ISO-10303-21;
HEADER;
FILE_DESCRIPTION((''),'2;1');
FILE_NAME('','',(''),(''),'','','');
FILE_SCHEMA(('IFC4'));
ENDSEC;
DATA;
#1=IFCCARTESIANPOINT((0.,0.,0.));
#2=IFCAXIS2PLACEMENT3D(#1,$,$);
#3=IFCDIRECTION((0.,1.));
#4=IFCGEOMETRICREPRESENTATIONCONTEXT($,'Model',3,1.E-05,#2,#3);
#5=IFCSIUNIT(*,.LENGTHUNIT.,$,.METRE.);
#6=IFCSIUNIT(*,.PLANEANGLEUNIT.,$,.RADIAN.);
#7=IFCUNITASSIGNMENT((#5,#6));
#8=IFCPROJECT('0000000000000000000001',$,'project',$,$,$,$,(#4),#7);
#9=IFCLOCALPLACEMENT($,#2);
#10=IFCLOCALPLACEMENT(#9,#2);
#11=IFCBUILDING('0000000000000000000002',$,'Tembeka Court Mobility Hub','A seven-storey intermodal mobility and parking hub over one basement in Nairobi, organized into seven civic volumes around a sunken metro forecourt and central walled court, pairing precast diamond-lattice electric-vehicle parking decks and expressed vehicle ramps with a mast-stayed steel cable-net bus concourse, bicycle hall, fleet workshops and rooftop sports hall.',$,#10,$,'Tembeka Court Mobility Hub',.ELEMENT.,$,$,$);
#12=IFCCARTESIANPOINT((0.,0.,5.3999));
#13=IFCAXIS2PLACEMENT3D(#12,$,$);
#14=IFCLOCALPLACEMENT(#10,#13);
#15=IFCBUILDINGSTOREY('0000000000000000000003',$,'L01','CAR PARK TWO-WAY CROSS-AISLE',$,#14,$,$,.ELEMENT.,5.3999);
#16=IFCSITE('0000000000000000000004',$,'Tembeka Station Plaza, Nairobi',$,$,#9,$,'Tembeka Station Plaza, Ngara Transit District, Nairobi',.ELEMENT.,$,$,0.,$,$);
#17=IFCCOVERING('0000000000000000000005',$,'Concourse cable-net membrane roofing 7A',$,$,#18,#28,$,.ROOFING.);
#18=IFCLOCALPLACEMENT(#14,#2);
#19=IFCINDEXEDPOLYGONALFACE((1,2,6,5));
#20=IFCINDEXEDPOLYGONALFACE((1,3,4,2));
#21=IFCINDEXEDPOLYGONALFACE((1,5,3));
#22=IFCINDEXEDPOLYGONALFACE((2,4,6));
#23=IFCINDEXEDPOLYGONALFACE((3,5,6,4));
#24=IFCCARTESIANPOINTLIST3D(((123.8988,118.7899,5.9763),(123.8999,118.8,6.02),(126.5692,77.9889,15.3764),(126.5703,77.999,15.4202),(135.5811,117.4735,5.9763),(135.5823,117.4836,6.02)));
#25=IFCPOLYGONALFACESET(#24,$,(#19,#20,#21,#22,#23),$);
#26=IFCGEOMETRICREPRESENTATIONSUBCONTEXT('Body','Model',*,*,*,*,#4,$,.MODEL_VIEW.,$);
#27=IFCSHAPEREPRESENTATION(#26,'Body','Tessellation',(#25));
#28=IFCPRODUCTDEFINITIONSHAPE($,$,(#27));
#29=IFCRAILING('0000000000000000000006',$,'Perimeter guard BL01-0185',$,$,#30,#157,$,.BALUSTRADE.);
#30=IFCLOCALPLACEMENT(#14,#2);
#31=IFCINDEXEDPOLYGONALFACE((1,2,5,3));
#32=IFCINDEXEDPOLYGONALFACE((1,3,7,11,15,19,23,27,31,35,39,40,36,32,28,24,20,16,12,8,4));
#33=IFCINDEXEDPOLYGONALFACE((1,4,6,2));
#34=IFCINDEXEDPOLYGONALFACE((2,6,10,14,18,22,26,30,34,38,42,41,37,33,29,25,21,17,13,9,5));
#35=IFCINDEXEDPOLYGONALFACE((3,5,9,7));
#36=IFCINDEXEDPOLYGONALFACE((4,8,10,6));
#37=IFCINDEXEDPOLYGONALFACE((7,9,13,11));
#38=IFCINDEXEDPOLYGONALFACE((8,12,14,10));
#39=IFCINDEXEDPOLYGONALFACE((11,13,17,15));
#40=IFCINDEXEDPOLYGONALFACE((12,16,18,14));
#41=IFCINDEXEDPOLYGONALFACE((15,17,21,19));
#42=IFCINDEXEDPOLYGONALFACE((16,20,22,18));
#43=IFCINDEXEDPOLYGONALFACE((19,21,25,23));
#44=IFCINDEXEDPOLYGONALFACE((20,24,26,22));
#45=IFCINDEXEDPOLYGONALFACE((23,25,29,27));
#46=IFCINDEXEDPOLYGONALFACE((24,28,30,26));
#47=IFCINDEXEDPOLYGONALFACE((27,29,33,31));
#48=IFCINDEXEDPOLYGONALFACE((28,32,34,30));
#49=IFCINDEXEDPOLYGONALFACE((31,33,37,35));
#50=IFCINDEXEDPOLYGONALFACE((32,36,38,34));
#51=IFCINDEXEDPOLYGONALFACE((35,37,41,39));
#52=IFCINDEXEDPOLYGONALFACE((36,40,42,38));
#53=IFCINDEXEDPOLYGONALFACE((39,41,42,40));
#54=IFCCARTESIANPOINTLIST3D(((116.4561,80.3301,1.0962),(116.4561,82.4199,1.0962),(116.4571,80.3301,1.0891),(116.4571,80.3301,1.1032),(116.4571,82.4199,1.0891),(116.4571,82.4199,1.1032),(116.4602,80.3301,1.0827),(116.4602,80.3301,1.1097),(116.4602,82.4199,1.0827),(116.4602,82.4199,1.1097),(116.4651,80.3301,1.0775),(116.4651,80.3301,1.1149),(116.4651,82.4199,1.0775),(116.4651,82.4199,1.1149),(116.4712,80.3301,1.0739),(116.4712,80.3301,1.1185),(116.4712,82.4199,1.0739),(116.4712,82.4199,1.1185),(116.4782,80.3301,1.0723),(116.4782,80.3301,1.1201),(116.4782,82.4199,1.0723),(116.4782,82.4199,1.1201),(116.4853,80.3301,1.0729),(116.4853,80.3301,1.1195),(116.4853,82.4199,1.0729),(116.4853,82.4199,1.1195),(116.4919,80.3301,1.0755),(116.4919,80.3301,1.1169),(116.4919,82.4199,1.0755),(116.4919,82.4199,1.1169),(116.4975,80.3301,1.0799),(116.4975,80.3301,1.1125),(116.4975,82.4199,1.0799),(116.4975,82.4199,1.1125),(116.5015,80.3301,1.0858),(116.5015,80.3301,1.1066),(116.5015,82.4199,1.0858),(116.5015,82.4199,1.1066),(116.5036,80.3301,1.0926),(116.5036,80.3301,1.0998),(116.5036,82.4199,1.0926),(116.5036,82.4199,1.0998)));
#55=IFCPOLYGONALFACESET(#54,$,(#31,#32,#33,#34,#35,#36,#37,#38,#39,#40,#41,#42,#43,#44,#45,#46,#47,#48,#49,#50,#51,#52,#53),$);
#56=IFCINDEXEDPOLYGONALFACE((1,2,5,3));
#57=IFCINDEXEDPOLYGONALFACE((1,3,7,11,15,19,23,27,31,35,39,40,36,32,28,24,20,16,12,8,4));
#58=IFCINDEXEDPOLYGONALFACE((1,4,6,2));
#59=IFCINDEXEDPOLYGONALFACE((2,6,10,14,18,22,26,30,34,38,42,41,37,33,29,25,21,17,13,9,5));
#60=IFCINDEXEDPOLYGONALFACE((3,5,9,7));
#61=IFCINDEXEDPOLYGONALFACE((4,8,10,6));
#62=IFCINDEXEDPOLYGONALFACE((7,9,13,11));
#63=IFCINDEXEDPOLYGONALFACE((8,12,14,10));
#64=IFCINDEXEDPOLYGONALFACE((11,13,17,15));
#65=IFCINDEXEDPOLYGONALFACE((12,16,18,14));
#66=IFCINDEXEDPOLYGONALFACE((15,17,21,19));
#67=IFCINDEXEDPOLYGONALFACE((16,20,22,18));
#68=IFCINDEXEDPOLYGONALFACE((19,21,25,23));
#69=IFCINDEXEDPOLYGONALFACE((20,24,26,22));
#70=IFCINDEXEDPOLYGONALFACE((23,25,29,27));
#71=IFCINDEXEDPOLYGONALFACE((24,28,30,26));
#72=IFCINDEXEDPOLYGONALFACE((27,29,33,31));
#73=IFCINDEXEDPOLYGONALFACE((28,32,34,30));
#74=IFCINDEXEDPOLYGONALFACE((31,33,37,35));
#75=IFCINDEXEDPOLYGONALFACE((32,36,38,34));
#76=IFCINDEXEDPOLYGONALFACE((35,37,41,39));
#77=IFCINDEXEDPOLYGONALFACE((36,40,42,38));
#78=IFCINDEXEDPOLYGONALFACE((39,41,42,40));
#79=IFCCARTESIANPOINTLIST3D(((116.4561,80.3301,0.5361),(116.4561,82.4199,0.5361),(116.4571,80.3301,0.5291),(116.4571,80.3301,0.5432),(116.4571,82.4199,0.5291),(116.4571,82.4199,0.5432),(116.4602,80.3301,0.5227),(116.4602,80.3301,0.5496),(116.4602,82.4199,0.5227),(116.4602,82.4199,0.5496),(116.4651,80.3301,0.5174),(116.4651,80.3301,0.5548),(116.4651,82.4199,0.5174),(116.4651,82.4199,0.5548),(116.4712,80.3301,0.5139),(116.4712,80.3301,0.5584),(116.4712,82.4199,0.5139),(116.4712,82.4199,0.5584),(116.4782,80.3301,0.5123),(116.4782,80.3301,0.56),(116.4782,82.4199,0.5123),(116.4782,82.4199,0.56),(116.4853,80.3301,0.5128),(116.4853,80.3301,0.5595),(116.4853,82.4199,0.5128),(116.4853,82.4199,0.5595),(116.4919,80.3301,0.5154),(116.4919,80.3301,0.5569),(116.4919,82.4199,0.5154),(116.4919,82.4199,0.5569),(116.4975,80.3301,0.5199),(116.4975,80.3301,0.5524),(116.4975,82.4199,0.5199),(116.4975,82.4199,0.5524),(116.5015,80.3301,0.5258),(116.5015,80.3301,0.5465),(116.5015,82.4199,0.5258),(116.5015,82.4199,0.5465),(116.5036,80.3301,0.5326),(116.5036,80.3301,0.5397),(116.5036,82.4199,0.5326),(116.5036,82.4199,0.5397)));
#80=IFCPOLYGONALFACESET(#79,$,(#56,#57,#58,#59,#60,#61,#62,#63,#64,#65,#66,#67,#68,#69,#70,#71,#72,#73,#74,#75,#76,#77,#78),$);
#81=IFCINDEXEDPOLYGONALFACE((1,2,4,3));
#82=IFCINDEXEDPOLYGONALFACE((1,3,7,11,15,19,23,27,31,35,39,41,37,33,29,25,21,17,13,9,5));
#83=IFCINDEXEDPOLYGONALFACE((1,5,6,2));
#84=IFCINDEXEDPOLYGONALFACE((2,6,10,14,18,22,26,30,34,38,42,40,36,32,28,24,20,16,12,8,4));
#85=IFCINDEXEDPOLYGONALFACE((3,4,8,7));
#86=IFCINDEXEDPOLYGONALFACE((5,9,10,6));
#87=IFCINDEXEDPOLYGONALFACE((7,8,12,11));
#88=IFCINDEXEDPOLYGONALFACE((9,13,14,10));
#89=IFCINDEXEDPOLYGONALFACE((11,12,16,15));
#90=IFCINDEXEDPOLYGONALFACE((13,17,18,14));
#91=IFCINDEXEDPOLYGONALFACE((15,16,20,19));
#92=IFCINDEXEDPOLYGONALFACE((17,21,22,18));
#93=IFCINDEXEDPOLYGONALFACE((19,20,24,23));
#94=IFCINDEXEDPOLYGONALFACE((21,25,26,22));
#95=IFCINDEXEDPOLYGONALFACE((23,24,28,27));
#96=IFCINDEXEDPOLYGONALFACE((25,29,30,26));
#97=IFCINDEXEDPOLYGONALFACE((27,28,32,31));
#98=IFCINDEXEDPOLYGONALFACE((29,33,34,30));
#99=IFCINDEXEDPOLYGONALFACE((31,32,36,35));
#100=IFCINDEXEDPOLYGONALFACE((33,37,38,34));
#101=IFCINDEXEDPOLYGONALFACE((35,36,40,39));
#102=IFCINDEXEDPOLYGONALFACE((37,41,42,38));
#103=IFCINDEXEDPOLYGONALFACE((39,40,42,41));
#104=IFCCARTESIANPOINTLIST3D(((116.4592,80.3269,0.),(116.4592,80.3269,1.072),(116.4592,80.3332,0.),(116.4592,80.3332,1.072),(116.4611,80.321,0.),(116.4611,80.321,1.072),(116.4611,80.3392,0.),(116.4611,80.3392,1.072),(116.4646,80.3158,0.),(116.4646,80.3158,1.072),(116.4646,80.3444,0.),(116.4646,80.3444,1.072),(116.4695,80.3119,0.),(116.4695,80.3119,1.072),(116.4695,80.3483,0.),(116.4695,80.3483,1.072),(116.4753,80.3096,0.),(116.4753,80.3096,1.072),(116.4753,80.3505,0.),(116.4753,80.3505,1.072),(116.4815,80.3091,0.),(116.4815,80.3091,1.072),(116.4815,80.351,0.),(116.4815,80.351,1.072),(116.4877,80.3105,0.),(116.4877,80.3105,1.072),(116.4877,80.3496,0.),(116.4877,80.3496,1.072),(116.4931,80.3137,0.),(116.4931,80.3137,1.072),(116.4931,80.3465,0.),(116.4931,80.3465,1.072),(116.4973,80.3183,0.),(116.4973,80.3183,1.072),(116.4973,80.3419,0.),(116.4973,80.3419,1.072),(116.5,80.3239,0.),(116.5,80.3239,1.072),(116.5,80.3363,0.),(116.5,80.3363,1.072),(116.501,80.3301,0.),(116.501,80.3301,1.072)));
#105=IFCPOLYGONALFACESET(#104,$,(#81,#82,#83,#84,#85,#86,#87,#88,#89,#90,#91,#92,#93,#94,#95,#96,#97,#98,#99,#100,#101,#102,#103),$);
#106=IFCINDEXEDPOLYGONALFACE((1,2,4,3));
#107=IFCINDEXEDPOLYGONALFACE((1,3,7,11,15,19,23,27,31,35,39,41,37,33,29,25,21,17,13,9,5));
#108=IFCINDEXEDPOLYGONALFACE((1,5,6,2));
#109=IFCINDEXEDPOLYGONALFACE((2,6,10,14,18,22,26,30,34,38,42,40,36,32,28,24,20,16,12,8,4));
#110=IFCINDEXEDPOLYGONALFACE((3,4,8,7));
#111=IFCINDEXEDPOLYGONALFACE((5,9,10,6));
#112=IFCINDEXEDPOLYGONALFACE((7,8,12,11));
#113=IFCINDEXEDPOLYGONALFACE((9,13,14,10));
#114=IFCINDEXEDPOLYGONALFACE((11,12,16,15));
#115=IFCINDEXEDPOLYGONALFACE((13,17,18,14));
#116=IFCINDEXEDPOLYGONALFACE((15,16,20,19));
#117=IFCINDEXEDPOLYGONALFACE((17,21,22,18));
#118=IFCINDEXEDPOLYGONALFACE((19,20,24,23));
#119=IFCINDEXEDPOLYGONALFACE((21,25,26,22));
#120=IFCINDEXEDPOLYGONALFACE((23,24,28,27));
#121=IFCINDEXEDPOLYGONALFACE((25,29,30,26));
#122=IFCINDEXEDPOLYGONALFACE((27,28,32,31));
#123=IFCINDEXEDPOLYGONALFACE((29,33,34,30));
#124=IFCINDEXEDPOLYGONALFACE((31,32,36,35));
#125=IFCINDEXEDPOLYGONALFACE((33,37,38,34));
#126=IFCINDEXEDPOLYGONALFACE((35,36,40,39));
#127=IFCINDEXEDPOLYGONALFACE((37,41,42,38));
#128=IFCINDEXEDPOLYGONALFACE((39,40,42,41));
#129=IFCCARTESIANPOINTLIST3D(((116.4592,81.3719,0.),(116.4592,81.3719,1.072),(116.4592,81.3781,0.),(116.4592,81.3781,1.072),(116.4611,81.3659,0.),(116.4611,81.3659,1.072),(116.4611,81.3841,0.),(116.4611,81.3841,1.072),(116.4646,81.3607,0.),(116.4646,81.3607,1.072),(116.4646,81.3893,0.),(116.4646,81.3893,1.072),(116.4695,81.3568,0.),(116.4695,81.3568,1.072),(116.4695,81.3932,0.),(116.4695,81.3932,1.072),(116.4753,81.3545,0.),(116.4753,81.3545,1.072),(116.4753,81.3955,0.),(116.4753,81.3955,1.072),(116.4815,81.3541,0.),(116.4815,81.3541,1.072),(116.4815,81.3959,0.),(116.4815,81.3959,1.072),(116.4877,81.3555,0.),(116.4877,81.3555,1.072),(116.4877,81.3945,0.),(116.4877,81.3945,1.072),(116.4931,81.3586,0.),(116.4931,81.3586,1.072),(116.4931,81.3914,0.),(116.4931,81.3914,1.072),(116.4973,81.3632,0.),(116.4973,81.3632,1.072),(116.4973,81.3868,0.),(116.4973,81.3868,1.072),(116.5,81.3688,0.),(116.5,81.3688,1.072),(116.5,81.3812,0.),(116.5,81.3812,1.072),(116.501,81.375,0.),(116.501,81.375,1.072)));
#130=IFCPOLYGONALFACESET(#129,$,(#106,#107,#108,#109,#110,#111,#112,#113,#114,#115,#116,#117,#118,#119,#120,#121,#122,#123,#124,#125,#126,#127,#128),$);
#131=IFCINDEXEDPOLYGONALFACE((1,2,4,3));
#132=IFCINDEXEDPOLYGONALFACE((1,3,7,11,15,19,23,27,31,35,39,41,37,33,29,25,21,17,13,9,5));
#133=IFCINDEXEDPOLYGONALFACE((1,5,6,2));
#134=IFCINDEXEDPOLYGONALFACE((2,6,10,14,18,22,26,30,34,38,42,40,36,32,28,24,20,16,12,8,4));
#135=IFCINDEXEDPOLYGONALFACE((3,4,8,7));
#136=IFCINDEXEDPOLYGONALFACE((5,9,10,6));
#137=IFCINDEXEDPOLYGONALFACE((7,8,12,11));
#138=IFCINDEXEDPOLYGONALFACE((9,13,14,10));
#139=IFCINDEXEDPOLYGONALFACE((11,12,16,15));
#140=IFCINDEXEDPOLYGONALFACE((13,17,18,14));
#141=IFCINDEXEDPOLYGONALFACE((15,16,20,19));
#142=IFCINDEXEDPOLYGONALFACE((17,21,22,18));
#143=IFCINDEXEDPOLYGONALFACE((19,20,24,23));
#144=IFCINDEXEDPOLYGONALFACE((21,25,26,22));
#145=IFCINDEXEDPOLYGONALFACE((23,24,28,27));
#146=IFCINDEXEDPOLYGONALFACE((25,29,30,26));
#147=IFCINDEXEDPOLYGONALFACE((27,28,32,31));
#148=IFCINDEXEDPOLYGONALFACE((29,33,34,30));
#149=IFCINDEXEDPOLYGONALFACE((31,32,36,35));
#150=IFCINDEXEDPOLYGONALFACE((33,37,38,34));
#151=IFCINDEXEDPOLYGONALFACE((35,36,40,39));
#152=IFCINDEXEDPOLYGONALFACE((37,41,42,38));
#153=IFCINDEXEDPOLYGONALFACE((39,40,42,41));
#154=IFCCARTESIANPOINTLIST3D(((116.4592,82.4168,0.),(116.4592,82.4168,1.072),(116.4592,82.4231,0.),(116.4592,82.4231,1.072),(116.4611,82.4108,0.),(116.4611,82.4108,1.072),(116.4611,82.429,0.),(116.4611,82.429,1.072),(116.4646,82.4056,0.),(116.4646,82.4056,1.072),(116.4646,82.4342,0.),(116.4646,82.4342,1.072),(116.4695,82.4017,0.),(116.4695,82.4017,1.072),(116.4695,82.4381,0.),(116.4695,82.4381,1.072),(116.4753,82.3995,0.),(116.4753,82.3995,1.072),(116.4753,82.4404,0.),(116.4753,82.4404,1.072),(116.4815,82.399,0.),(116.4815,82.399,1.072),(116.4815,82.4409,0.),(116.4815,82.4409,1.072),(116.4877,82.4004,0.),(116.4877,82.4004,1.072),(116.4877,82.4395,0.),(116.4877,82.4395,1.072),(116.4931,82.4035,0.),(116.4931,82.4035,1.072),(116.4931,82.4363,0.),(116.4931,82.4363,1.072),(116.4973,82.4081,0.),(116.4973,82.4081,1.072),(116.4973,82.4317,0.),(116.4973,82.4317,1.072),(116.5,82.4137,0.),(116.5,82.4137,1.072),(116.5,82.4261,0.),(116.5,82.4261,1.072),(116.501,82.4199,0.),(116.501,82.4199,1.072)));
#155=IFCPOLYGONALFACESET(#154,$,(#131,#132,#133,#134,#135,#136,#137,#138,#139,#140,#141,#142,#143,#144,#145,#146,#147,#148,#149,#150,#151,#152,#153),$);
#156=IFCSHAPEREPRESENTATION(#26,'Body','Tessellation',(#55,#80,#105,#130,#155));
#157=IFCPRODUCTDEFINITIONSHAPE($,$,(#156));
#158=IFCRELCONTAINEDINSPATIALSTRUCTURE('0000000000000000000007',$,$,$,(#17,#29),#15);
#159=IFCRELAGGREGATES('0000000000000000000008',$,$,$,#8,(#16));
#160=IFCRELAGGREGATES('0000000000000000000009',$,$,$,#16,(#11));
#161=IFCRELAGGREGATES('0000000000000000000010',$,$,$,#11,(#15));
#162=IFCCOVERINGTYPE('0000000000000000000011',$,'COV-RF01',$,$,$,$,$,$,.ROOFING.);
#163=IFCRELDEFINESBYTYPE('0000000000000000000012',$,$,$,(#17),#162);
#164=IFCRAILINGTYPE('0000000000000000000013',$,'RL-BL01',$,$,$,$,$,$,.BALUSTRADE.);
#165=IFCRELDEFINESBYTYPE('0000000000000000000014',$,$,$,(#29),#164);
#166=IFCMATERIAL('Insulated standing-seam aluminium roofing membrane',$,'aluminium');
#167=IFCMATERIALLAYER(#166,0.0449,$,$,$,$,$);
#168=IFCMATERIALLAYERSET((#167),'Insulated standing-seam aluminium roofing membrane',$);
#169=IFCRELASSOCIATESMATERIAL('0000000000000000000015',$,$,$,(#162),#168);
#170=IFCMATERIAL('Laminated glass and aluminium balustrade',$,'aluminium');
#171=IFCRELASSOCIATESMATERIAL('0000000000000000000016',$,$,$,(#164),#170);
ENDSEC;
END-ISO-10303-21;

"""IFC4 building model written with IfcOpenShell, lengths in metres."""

from ifc_helpers import new_model, si_unit, direction, frame, origin, origin_2d, place, context, subcontext, project, spatial, polyline, circle, outline, extrude, material, layer, layer_set, type_object, element, save


model = new_model("IFC4")

# Units and contexts
model_context = context("Model", 3, precision=1e-05, world=origin(), true_north=direction((0.0, 1.0)))
body_context = subcontext(model_context, "Body", "Model", "MODEL_VIEW")
ifc_project = project(units=[si_unit("LENGTHUNIT", "METRE"), si_unit("PLANEANGLEUNIT", "RADIAN")], contexts=[model_context])

# Site, building, storey
site_placement = place(None, origin())
site = spatial("IfcSite", under=ifc_project, at=site_placement, Name="Tembeka Station Plaza, Nairobi", LongName="Tembeka Station Plaza, Ngara Transit District, Nairobi", CompositionType="ELEMENT", RefElevation=0.0)
building_placement = place(site_placement, origin())
building = spatial("IfcBuilding", under=site, at=building_placement, Name="Tembeka Court Mobility Hub", Description="A seven-storey intermodal mobility and parking hub over one basement in Nairobi, organized into seven civic volumes around a sunken metro forecourt and central walled court, pairing precast diamond-lattice electric-vehicle parking decks and expressed vehicle ramps with a mast-stayed steel cable-net bus concourse, bicycle hall, fleet workshops and rooftop sports hall.", LongName="Tembeka Court Mobility Hub", CompositionType="ELEMENT")
storey_placement = place(building_placement, frame((0.0, 0.0, 5.3999)))
storey = spatial("IfcBuildingStorey", under=building, at=storey_placement, Name="L01", Description="CAR PARK TWO-WAY CROSS-AISLE", CompositionType="ELEMENT", Elevation=5.3999)

# Covering
ifc_material_1 = material(Name="Insulated standing-seam aluminium roofing membrane", Category="aluminium")
ifc_layer_1 = layer(ifc_material_1, 0.0449)
ifc_layer_set_1 = layer_set([ifc_layer_1], Name="Insulated standing-seam aluminium roofing membrane")
covering_type = type_object("IfcCoveringType", Name="COV-RF01", PredefinedType="ROOFING", material=ifc_layer_set_1)
covering_placement = place(storey_placement, frame((126.5703, 77.999, 15.4202), z_axis=(0.025468, 0.226018, 0.97379), x_axis=(0.216756, 0.949684, -0.226092)))
element("IfcCovering", 1, at=covering_placement, inside=storey, type_object=covering_type, Name="Concourse cable-net membrane roofing 7A", PredefinedType="ROOFING", context=body_context, shape_type="SweptSolid", body=[
    extrude(outline(polyline([(0.0, 0.0), (41.5766, 0.0), (40.2945, 11.6862), (0.0, 0.0)])), origin(), (0.0, 0.0, -1.0), 0.0449),
])

# Railing
ifc_material_2 = material(Name="Laminated glass and aluminium balustrade", Category="aluminium")
railing_type = type_object("IfcRailingType", Name="RL-BL01", PredefinedType="BALUSTRADE", material=ifc_material_2)
railing_1_placement = place(storey_placement, frame((116.48, 80.3301, 0.0)))
element("IfcRailing", 2, at=railing_1_placement, inside=storey, type_object=railing_type, Name="Perimeter guard BL01-0185", PredefinedType="BALUSTRADE", context=body_context, shape_type="SweptSolid", body=[
    extrude(circle(Radius=0.0239, at=origin_2d()), frame((0.0, 0.0, 1.0962), z_axis=(0.0, 1.0, 0.0), x_axis=(-1.0, 0.0, 0.0)), (0.0, 0.0, 1.0), 2.0898),
    extrude(circle(Radius=0.0239, at=origin_2d()), frame((0.0, 0.0, 0.5361), z_axis=(0.0, 1.0, 0.0), x_axis=(-1.0, 0.0, 0.0)), (0.0, 0.0, 1.0), 2.0898),
    extrude(circle(Radius=0.021, at=origin_2d()), origin(), (0.0, 0.0, 1.0), 1.072),
    extrude(circle(Radius=0.021, at=origin_2d()), frame((0.0, 1.0449, 0.0)), (0.0, 0.0, 1.0), 1.072),
    extrude(circle(Radius=0.021, at=origin_2d()), frame((0.0, 2.0898, 0.0)), (0.0, 0.0, 1.0), 1.072),
])

save(model, "model.ifc")
